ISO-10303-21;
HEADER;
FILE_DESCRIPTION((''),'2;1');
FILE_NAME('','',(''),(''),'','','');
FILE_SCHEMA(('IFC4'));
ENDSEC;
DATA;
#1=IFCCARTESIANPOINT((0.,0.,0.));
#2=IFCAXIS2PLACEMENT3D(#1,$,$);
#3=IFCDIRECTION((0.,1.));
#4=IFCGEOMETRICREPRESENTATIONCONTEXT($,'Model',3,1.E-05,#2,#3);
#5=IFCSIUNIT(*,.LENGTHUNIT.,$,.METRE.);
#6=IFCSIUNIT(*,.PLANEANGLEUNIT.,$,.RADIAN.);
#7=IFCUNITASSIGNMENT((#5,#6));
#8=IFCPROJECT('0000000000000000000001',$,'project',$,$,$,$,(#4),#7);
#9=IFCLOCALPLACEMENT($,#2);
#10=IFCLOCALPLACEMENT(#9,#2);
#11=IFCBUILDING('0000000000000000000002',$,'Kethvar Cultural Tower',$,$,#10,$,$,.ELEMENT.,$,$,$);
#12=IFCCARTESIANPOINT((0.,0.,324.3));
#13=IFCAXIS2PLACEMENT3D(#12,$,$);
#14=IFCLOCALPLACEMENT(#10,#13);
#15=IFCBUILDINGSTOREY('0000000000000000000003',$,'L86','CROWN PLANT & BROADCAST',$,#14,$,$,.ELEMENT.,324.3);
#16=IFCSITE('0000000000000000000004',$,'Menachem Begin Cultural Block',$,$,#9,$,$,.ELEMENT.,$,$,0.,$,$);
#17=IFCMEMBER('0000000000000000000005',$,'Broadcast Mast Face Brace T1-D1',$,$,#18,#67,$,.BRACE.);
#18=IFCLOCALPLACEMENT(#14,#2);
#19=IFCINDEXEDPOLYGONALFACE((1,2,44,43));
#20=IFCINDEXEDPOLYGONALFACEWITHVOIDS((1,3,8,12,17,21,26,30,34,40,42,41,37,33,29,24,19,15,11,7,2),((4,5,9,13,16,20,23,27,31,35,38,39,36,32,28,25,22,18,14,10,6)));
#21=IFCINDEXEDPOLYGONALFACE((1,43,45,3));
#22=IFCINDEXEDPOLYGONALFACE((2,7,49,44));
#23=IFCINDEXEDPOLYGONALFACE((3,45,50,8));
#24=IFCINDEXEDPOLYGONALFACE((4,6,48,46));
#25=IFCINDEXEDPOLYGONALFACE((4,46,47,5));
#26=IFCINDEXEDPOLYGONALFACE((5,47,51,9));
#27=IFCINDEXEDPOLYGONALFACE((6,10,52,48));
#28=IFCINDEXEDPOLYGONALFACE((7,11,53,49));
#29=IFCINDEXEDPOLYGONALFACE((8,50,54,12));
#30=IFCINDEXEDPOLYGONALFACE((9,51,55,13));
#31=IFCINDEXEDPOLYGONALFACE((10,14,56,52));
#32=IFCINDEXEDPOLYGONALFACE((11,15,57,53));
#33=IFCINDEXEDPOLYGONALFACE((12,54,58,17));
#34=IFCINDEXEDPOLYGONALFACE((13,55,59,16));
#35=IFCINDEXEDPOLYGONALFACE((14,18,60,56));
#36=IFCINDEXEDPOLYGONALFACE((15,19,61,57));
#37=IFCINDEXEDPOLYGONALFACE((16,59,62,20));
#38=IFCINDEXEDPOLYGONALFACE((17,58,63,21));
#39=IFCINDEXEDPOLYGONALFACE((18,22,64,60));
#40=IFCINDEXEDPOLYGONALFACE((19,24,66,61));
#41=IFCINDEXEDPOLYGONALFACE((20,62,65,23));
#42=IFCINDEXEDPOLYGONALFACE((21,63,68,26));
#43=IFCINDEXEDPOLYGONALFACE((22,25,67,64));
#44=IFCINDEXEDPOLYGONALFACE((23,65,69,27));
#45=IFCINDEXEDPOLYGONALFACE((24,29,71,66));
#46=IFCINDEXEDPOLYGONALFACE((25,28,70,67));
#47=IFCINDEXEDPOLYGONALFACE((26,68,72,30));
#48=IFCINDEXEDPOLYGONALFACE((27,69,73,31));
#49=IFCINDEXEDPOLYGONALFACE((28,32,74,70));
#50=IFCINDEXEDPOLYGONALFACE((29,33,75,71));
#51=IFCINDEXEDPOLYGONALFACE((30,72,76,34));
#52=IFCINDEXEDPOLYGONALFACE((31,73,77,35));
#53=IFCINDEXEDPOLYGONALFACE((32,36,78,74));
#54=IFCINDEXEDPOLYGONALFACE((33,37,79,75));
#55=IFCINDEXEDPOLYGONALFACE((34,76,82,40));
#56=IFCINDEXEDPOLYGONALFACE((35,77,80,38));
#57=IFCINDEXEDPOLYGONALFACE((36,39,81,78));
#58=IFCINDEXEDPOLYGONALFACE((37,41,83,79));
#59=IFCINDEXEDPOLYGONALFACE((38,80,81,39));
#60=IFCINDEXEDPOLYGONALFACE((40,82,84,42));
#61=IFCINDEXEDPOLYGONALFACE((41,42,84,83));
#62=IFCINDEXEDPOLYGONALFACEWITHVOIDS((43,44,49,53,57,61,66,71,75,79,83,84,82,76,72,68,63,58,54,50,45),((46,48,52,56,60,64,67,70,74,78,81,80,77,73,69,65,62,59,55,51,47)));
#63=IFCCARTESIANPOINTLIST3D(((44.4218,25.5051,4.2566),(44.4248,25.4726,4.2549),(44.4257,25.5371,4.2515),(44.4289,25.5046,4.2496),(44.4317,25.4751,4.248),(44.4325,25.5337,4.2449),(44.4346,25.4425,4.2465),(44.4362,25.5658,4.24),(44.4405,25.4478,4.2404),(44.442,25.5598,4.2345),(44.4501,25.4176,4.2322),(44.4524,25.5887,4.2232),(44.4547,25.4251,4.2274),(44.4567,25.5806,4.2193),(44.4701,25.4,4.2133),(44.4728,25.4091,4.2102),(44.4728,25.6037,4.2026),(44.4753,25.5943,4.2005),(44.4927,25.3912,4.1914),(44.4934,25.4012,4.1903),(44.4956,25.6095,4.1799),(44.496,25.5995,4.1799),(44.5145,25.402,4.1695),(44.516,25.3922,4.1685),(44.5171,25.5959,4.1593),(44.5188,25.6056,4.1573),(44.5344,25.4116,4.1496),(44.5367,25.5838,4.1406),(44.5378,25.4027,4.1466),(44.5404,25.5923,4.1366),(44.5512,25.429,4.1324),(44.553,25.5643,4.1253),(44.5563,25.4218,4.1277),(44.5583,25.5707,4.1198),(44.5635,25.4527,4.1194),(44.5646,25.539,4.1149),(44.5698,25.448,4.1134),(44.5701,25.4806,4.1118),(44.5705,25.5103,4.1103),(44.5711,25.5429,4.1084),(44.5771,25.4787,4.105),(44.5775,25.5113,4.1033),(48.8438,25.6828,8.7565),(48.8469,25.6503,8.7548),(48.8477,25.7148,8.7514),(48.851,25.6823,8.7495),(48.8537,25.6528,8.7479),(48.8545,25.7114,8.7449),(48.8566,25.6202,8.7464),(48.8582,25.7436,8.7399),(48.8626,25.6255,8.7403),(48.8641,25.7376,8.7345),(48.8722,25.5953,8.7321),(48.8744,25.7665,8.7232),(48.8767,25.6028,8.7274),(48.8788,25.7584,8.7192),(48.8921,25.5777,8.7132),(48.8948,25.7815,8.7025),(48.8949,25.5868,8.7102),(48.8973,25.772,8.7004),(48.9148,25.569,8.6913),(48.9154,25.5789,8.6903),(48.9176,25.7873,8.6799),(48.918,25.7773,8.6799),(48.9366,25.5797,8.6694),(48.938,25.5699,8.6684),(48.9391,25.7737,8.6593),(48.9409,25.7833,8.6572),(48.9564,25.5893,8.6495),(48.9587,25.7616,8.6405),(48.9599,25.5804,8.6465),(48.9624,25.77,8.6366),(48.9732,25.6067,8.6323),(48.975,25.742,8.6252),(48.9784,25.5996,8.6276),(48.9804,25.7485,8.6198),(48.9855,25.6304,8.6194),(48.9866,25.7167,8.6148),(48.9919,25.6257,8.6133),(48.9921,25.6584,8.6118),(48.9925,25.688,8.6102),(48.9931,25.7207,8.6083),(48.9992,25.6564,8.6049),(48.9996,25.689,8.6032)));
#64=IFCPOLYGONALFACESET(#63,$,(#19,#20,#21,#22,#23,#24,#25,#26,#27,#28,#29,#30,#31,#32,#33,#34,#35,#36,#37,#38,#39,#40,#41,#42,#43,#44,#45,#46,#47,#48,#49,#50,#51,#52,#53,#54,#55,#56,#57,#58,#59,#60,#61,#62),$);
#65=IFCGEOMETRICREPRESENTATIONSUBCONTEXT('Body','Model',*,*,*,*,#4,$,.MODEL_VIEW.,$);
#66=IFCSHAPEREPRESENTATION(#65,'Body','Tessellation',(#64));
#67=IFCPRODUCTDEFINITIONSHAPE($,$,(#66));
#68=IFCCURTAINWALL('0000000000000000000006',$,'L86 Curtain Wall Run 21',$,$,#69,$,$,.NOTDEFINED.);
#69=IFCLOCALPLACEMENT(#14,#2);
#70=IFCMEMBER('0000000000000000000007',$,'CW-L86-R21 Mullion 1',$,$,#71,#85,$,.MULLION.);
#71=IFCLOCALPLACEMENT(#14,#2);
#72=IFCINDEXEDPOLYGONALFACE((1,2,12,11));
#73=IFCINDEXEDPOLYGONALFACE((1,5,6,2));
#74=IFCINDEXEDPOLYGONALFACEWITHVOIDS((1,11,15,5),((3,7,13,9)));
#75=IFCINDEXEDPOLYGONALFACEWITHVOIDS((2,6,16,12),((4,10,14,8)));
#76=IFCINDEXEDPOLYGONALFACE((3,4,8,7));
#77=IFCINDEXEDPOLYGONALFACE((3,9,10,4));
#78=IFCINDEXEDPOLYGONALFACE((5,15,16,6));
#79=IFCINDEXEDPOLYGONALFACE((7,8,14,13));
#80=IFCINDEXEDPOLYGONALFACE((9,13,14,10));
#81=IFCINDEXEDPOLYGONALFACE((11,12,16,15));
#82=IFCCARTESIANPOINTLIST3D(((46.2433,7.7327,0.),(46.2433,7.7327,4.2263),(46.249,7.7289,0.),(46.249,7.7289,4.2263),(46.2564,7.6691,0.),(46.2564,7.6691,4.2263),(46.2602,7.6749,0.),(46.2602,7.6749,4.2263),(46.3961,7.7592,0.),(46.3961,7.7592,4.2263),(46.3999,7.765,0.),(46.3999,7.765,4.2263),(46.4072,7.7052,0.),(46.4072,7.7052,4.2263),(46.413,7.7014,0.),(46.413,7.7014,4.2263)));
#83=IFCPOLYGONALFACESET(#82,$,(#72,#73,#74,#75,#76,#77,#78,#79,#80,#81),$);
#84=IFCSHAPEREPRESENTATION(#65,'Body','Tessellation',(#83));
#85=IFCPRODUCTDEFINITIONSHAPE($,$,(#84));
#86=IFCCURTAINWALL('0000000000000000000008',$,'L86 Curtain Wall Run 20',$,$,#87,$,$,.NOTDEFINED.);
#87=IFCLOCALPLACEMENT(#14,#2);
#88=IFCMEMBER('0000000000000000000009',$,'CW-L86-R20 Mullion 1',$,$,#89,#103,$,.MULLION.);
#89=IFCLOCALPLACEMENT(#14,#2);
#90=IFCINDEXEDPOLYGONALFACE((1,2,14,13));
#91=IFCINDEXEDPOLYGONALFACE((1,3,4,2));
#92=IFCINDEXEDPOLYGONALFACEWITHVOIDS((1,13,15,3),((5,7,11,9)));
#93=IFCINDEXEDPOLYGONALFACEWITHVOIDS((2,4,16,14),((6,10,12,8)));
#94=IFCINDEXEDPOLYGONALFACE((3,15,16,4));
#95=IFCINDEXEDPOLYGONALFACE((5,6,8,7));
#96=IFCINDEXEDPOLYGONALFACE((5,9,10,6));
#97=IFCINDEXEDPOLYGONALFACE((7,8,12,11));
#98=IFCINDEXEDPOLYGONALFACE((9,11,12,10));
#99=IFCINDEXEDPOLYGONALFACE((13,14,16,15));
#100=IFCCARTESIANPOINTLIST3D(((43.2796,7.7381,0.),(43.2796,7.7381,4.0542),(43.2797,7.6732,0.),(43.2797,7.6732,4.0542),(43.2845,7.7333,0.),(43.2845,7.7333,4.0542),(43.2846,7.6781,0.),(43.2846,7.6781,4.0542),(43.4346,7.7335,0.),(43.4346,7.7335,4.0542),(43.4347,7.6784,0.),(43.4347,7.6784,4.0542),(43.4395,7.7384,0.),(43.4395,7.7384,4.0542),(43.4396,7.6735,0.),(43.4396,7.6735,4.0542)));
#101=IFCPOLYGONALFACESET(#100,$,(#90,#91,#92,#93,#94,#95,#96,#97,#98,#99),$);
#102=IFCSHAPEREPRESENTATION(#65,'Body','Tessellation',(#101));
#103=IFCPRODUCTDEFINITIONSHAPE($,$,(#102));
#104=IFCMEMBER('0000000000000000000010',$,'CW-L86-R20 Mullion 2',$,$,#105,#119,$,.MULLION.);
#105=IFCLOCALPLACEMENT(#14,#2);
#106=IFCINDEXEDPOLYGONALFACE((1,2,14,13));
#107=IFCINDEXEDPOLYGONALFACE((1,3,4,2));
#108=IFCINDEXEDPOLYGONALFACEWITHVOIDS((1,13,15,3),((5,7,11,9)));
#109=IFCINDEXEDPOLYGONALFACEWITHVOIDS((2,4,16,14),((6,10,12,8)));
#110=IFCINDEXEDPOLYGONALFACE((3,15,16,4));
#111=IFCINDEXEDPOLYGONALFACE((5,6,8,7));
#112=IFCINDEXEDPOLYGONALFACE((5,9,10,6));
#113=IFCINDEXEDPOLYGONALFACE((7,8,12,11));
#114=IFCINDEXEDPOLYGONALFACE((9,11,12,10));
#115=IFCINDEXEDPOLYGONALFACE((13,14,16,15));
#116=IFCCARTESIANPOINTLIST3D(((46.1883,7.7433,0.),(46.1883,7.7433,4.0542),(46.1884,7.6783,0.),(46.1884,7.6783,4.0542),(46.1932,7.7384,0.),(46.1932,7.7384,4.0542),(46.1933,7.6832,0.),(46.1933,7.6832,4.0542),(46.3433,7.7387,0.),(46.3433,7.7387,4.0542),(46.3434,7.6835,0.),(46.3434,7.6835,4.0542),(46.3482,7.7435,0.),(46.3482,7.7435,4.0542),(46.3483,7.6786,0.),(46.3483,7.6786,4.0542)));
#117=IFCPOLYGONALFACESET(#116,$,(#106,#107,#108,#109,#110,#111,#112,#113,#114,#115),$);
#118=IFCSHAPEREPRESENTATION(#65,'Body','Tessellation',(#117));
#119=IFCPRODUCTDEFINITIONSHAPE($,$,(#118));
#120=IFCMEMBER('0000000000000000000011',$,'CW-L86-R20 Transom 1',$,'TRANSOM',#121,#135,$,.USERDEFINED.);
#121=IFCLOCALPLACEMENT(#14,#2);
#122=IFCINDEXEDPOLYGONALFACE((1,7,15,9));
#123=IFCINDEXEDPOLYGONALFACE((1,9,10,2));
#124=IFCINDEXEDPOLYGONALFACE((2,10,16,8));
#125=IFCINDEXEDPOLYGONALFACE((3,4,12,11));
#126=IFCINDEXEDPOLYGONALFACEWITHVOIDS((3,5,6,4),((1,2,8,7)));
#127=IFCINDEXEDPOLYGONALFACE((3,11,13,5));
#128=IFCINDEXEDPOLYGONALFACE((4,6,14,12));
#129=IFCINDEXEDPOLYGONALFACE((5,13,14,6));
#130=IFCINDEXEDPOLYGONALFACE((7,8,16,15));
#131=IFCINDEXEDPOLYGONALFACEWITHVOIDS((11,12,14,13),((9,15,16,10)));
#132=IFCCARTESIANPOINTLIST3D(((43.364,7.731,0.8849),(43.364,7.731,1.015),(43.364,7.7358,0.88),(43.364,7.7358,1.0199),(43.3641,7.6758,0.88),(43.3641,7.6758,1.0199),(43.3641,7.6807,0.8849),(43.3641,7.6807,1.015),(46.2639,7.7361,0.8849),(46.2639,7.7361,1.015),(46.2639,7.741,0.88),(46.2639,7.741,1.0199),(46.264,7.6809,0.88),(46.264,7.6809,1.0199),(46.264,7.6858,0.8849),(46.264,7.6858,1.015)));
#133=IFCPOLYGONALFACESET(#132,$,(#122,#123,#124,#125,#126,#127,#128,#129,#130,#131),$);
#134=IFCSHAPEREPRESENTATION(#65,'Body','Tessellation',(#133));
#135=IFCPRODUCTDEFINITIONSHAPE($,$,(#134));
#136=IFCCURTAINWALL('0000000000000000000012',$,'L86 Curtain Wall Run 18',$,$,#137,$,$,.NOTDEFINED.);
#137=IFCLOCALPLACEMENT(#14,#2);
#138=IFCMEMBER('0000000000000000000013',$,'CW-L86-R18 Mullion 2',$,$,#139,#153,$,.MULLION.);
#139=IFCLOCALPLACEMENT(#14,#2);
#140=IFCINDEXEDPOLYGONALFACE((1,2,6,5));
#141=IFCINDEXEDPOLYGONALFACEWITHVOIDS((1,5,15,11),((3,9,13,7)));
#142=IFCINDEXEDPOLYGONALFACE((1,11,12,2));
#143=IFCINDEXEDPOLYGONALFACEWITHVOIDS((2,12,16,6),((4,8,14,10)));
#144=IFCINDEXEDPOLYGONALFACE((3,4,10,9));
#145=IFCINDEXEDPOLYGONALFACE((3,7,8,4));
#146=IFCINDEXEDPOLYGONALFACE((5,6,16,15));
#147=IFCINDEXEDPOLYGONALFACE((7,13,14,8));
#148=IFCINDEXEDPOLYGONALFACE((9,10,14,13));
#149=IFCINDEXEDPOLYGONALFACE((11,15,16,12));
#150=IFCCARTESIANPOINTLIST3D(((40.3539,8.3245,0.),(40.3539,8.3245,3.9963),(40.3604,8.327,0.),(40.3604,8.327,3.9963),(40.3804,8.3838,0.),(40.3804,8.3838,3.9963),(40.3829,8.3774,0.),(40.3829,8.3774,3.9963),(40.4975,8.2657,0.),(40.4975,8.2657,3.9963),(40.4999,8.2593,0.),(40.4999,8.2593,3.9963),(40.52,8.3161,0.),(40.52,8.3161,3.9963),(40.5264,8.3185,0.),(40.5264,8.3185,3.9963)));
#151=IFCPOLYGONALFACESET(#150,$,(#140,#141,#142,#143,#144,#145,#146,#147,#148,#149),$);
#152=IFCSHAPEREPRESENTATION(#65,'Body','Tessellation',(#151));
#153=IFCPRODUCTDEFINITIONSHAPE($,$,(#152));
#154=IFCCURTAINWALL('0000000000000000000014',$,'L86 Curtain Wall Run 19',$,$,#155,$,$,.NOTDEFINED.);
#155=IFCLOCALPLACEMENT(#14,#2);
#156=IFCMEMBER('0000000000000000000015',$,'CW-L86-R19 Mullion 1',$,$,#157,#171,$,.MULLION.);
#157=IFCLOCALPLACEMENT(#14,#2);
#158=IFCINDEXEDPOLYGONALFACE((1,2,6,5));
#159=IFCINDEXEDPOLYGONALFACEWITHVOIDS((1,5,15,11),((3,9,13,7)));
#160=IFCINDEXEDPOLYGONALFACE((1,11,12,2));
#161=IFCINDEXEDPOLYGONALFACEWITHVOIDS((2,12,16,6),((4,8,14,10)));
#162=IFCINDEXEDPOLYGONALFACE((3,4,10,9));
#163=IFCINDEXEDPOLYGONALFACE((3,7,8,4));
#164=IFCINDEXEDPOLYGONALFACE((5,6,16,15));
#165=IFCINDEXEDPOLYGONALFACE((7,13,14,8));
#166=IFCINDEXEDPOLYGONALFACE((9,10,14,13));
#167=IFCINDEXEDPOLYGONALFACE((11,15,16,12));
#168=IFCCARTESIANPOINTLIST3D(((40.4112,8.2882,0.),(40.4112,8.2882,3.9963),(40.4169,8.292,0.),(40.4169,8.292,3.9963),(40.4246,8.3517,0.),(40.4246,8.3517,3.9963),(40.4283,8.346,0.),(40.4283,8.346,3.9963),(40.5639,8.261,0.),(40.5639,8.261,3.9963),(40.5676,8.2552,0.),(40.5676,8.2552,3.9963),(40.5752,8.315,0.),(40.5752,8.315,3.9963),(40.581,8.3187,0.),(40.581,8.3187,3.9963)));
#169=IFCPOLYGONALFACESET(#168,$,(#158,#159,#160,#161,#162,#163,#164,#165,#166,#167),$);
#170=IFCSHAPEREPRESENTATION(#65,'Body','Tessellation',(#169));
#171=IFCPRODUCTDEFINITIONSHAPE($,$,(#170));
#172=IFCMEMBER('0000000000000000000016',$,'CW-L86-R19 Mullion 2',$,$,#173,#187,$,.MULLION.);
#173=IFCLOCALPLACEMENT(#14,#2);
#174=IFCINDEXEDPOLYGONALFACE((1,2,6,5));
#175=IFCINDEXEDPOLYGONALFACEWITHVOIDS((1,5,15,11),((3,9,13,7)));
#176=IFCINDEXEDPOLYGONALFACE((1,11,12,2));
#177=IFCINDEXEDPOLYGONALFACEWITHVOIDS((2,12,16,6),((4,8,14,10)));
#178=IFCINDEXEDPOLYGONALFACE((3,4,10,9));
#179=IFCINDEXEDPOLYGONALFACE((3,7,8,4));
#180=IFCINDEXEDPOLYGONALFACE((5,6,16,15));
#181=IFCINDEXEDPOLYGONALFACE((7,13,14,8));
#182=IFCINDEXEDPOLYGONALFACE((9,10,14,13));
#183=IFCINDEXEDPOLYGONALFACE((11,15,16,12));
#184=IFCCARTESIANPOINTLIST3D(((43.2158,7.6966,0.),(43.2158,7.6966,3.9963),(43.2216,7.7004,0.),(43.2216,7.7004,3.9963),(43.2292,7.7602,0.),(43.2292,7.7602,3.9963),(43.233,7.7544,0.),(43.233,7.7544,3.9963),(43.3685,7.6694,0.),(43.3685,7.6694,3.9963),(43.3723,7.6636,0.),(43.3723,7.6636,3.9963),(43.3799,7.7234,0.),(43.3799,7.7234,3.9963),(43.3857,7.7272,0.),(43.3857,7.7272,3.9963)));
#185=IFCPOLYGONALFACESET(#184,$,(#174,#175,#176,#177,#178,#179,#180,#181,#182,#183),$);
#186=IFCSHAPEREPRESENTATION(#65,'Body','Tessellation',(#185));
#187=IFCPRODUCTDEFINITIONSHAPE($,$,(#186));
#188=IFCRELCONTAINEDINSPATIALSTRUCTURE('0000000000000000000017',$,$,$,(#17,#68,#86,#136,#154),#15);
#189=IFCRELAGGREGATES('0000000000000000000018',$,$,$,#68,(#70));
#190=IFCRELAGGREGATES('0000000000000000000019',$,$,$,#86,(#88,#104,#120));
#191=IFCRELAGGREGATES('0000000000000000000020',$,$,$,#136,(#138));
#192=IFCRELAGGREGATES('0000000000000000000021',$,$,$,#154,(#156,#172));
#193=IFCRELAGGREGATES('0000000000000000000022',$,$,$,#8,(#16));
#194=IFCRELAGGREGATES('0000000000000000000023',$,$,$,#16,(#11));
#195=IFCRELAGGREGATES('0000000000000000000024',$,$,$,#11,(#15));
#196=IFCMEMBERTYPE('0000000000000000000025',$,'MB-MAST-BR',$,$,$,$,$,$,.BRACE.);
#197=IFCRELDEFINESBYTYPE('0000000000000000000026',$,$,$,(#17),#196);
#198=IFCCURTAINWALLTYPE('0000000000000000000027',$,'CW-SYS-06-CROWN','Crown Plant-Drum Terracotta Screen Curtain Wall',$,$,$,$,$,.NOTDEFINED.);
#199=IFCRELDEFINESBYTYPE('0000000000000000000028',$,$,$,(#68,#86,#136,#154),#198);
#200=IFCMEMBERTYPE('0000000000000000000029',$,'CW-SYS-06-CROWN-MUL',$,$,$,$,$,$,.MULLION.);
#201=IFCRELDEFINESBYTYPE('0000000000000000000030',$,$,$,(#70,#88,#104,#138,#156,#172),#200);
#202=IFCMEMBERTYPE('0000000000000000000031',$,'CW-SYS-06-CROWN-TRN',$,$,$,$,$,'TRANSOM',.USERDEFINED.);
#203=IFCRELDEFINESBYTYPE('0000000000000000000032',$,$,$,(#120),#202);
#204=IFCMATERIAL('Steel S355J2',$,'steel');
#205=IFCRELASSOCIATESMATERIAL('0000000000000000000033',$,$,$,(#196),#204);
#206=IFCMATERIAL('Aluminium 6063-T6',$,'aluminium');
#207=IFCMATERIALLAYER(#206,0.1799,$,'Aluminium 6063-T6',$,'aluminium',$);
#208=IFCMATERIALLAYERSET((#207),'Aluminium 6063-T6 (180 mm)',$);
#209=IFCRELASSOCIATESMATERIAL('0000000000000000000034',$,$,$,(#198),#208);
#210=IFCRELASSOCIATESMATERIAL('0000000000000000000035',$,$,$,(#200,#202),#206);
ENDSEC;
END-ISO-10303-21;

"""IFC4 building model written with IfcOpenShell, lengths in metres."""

from ifc_helpers import new_model, si_unit, direction, frame, origin, origin_2d, place, context, subcontext, project, spatial, hollow_rectangle, hollow_circle, extrude, source, transform, mapped, material, layer, layer_set, material_profile, profile_set, type_object, element, aggregate, save


model = new_model("IFC4")

# Units and contexts
model_context = context("Model", 3, precision=1e-05, world=origin(), true_north=direction((0.0, 1.0)))
body_context = subcontext(model_context, "Body", "Model", "MODEL_VIEW")
ifc_project = project(units=[si_unit("LENGTHUNIT", "METRE"), si_unit("PLANEANGLEUNIT", "RADIAN")], contexts=[model_context])

# Site, building, storey
site_placement = place(None, origin())
site = spatial("IfcSite", under=ifc_project, at=site_placement, Name="Menachem Begin Cultural Block", CompositionType="ELEMENT", RefElevation=0.0)
building_placement = place(site_placement, origin())
building = spatial("IfcBuilding", under=site, at=building_placement, Name="Kethvar Cultural Tower", CompositionType="ELEMENT")
storey_placement = place(building_placement, frame((0.0, 0.0, 324.3)))
storey = spatial("IfcBuildingStorey", under=building, at=storey_placement, Name="L86", Description="CROWN PLANT & BROADCAST", CompositionType="ELEMENT", Elevation=324.3)

# Shared definitions
ifc_material_1 = material(Name="Steel S355J2", Category="steel")

# Member
ifc_material_profile_1 = material_profile(ifc_material_1, hollow_circle(Radius=0.1096, WallThickness=0.01, at=origin_2d()), Name="Steel S355J2 — CHS219x10")
ifc_profile_set_1 = profile_set([ifc_material_profile_1], Name="Steel S355J2 — CHS219x10")
member_type_1 = type_object("IfcMemberType", Name="MB-MAST-BR", PredefinedType="BRACE", material=ifc_profile_set_1)
shared_shape_1 = source(origin(), body_context, "Body", "SweptSolid", [
    extrude(hollow_circle(Radius=0.1096, WallThickness=0.01, at=origin_2d()), origin(), (0.0, 0.0, 1.0), 6.3115),
])
member_1_placement = place(storey_placement, frame((44.5, 25.5, 4.1799), z_axis=(0.70063, 0.02816, 0.712969), x_axis=(-0.04016, 0.999193, 0.0)))
element("IfcMember", 1, at=member_1_placement, inside=storey, type_object=member_type_1, Name="Broadcast Mast Face Brace T1-D1", PredefinedType="BRACE", context=body_context, shape_type="MappedRepresentation", body=[
    mapped(shared_shape_1, transform((0.0, 0.0, 0.0), scale=1.0)),
])

# Curtain wall, member
ifc_material_2 = material(Name="Aluminium 6063-T6", Category="aluminium")
ifc_layer_1 = layer(ifc_material_2, 0.1799, Name="Aluminium 6063-T6", Category="aluminium")
ifc_layer_set_1 = layer_set([ifc_layer_1], Name="Aluminium 6063-T6 (180 mm)")
curtain_wall_type = type_object("IfcCurtainWallType", Name="CW-SYS-06-CROWN", Description="Crown Plant-Drum Terracotta Screen Curtain Wall", PredefinedType="NOTDEFINED", material=ifc_layer_set_1)
curtain_wall_1_placement = place(storey_placement, origin())
curtain_wall_1 = element("IfcCurtainWall", 2, at=curtain_wall_1_placement, inside=storey, type_object=curtain_wall_type, Name="L86 Curtain Wall Run 21", PredefinedType="NOTDEFINED")
ifc_material_profile_2 = material_profile(ifc_material_2, hollow_rectangle(XDim=0.0649, YDim=0.1599, WallThickness=0.0049, at=origin_2d()), Name="Aluminium 6063-T6 — RHS160x65x5")
ifc_profile_set_2 = profile_set([ifc_material_profile_2], Name="Aluminium 6063-T6 — RHS160x65x5")
member_type_2 = type_object("IfcMemberType", Name="CW-SYS-06-CROWN-MUL", PredefinedType="MULLION", material=ifc_profile_set_2)
shared_shape_2 = source(origin(), body_context, "Body", "SweptSolid", [
    extrude(hollow_rectangle(XDim=0.0649, YDim=0.1599, WallThickness=0.0049, at=origin_2d()), origin(), (0.0, 0.0, 1.0), 4.2263),
])
member_2_placement = place(storey_placement, frame((46.3281, 7.717, 0.0), z_axis=(0.0, 0.0, 1.0), x_axis=(-0.201625, 0.979463, 0.0)))
member_2 = element("IfcMember", 3, at=member_2_placement, type_object=member_type_2, Name="CW-L86-R21 Mullion 1", PredefinedType="MULLION", context=body_context, shape_type="MappedRepresentation", body=[
    mapped(shared_shape_2, transform((0.0, 0.0, 0.0), scale=1.0)),
])

# Curtain wall, members
curtain_wall_2_placement = place(storey_placement, origin())
curtain_wall_2 = element("IfcCurtainWall", 4, at=curtain_wall_2_placement, inside=storey, type_object=curtain_wall_type, Name="L86 Curtain Wall Run 20", PredefinedType="NOTDEFINED")
shared_shape_3 = source(origin(), body_context, "Body", "SweptSolid", [
    extrude(hollow_rectangle(XDim=0.0649, YDim=0.1599, WallThickness=0.0049, at=origin_2d()), origin(), (0.0, 0.0, 1.0), 4.0542),
])
member_3_placement = place(storey_placement, frame((43.3596, 7.7058, 0.0), z_axis=(0.0, 0.0, 1.0), x_axis=(-0.001745, 0.999998, 0.0)))
member_3 = element("IfcMember", 5, at=member_3_placement, type_object=member_type_2, Name="CW-L86-R20 Mullion 1", PredefinedType="MULLION", context=body_context, shape_type="MappedRepresentation", body=[
    mapped(shared_shape_3, transform((0.0, 0.0, 0.0), scale=1.0)),
])
member_4_placement = place(storey_placement, frame((46.2683, 7.7109, 0.0), z_axis=(0.0, 0.0, 1.0), x_axis=(-0.001745, 0.999998, 0.0)))
member_4 = element("IfcMember", 6, at=member_4_placement, type_object=member_type_2, Name="CW-L86-R20 Mullion 2", PredefinedType="MULLION", context=body_context, shape_type="MappedRepresentation", body=[
    mapped(shared_shape_3, transform((0.0, 0.0, 0.0), scale=1.0)),
])
ifc_material_profile_3 = material_profile(ifc_material_2, hollow_rectangle(XDim=0.0601, YDim=0.1399, WallThickness=0.0049, at=origin_2d()), Name="Aluminium 6063-T6 — RHS140x60x5")
ifc_profile_set_3 = profile_set([ifc_material_profile_3], Name="Aluminium 6063-T6 — RHS140x60x5")
member_type_3 = type_object("IfcMemberType", Name="CW-SYS-06-CROWN-TRN", ElementType="TRANSOM", PredefinedType="USERDEFINED", material=ifc_profile_set_3)
shared_shape_4 = source(origin(), body_context, "Body", "SweptSolid", [
    extrude(hollow_rectangle(XDim=0.0601, YDim=0.1399, WallThickness=0.0049, at=origin_2d()), origin(), (0.0, 0.0, 1.0), 2.8999),
])
member_5_placement = place(storey_placement, frame((43.364, 7.7058, 0.95), z_axis=(0.999998, 0.001768, 0.0), x_axis=(-0.001768, 0.999998, 0.0)))
member_5 = element("IfcMember", 7, at=member_5_placement, type_object=member_type_3, Name="CW-L86-R20 Transom 1", ObjectType="TRANSOM", PredefinedType="USERDEFINED", context=body_context, shape_type="MappedRepresentation", body=[
    mapped(shared_shape_4, transform((0.0, 0.0, 0.0), scale=1.0)),
])

# Curtain wall, member
curtain_wall_3_placement = place(storey_placement, origin())
curtain_wall_3 = element("IfcCurtainWall", 8, at=curtain_wall_3_placement, inside=storey, type_object=curtain_wall_type, Name="L86 Curtain Wall Run 18", PredefinedType="NOTDEFINED")
shared_shape_5 = source(origin(), body_context, "Body", "SweptSolid", [
    extrude(hollow_rectangle(XDim=0.0649, YDim=0.1599, WallThickness=0.0049, at=origin_2d()), origin(), (0.0, 0.0, 1.0), 3.9963),
])
member_6_placement = place(storey_placement, frame((40.4402, 8.3215, 0.0), z_axis=(0.0, 0.0, 1.0), x_axis=(0.408203, 0.912891, 0.0)))
member_6 = element("IfcMember", 9, at=member_6_placement, type_object=member_type_2, Name="CW-L86-R18 Mullion 2", PredefinedType="MULLION", context=body_context, shape_type="MappedRepresentation", body=[
    mapped(shared_shape_5, transform((0.0, 0.0, 0.0), scale=1.0)),
])

# Curtain wall, members
curtain_wall_4_placement = place(storey_placement, origin())
curtain_wall_4 = element("IfcCurtainWall", 10, at=curtain_wall_4_placement, inside=storey, type_object=curtain_wall_type, Name="L86 Curtain Wall Run 19", PredefinedType="NOTDEFINED")
member_7_placement = place(storey_placement, frame((40.4961, 8.3035, 0.0), z_axis=(0.0, 0.0, 1.0), x_axis=(0.206324, 0.978484, 0.0)))
member_7 = element("IfcMember", 11, at=member_7_placement, type_object=member_type_2, Name="CW-L86-R19 Mullion 1", PredefinedType="MULLION", context=body_context, shape_type="MappedRepresentation", body=[
    mapped(shared_shape_5, transform((0.0, 0.0, 0.0), scale=1.0)),
])
member_8_placement = place(storey_placement, frame((43.3008, 7.7119, 0.0), z_axis=(0.0, 0.0, 1.0), x_axis=(0.206324, 0.978484, 0.0)))
member_8 = element("IfcMember", 12, at=member_8_placement, type_object=member_type_2, Name="CW-L86-R19 Mullion 2", PredefinedType="MULLION", context=body_context, shape_type="MappedRepresentation", body=[
    mapped(shared_shape_5, transform((0.0, 0.0, 0.0), scale=1.0)),
])

aggregate(curtain_wall_1, [member_2])

aggregate(curtain_wall_2, [member_3, member_4, member_5])
aggregate(curtain_wall_3, [member_6])
aggregate(curtain_wall_4, [member_7, member_8])

save(model, "model.ifc")
